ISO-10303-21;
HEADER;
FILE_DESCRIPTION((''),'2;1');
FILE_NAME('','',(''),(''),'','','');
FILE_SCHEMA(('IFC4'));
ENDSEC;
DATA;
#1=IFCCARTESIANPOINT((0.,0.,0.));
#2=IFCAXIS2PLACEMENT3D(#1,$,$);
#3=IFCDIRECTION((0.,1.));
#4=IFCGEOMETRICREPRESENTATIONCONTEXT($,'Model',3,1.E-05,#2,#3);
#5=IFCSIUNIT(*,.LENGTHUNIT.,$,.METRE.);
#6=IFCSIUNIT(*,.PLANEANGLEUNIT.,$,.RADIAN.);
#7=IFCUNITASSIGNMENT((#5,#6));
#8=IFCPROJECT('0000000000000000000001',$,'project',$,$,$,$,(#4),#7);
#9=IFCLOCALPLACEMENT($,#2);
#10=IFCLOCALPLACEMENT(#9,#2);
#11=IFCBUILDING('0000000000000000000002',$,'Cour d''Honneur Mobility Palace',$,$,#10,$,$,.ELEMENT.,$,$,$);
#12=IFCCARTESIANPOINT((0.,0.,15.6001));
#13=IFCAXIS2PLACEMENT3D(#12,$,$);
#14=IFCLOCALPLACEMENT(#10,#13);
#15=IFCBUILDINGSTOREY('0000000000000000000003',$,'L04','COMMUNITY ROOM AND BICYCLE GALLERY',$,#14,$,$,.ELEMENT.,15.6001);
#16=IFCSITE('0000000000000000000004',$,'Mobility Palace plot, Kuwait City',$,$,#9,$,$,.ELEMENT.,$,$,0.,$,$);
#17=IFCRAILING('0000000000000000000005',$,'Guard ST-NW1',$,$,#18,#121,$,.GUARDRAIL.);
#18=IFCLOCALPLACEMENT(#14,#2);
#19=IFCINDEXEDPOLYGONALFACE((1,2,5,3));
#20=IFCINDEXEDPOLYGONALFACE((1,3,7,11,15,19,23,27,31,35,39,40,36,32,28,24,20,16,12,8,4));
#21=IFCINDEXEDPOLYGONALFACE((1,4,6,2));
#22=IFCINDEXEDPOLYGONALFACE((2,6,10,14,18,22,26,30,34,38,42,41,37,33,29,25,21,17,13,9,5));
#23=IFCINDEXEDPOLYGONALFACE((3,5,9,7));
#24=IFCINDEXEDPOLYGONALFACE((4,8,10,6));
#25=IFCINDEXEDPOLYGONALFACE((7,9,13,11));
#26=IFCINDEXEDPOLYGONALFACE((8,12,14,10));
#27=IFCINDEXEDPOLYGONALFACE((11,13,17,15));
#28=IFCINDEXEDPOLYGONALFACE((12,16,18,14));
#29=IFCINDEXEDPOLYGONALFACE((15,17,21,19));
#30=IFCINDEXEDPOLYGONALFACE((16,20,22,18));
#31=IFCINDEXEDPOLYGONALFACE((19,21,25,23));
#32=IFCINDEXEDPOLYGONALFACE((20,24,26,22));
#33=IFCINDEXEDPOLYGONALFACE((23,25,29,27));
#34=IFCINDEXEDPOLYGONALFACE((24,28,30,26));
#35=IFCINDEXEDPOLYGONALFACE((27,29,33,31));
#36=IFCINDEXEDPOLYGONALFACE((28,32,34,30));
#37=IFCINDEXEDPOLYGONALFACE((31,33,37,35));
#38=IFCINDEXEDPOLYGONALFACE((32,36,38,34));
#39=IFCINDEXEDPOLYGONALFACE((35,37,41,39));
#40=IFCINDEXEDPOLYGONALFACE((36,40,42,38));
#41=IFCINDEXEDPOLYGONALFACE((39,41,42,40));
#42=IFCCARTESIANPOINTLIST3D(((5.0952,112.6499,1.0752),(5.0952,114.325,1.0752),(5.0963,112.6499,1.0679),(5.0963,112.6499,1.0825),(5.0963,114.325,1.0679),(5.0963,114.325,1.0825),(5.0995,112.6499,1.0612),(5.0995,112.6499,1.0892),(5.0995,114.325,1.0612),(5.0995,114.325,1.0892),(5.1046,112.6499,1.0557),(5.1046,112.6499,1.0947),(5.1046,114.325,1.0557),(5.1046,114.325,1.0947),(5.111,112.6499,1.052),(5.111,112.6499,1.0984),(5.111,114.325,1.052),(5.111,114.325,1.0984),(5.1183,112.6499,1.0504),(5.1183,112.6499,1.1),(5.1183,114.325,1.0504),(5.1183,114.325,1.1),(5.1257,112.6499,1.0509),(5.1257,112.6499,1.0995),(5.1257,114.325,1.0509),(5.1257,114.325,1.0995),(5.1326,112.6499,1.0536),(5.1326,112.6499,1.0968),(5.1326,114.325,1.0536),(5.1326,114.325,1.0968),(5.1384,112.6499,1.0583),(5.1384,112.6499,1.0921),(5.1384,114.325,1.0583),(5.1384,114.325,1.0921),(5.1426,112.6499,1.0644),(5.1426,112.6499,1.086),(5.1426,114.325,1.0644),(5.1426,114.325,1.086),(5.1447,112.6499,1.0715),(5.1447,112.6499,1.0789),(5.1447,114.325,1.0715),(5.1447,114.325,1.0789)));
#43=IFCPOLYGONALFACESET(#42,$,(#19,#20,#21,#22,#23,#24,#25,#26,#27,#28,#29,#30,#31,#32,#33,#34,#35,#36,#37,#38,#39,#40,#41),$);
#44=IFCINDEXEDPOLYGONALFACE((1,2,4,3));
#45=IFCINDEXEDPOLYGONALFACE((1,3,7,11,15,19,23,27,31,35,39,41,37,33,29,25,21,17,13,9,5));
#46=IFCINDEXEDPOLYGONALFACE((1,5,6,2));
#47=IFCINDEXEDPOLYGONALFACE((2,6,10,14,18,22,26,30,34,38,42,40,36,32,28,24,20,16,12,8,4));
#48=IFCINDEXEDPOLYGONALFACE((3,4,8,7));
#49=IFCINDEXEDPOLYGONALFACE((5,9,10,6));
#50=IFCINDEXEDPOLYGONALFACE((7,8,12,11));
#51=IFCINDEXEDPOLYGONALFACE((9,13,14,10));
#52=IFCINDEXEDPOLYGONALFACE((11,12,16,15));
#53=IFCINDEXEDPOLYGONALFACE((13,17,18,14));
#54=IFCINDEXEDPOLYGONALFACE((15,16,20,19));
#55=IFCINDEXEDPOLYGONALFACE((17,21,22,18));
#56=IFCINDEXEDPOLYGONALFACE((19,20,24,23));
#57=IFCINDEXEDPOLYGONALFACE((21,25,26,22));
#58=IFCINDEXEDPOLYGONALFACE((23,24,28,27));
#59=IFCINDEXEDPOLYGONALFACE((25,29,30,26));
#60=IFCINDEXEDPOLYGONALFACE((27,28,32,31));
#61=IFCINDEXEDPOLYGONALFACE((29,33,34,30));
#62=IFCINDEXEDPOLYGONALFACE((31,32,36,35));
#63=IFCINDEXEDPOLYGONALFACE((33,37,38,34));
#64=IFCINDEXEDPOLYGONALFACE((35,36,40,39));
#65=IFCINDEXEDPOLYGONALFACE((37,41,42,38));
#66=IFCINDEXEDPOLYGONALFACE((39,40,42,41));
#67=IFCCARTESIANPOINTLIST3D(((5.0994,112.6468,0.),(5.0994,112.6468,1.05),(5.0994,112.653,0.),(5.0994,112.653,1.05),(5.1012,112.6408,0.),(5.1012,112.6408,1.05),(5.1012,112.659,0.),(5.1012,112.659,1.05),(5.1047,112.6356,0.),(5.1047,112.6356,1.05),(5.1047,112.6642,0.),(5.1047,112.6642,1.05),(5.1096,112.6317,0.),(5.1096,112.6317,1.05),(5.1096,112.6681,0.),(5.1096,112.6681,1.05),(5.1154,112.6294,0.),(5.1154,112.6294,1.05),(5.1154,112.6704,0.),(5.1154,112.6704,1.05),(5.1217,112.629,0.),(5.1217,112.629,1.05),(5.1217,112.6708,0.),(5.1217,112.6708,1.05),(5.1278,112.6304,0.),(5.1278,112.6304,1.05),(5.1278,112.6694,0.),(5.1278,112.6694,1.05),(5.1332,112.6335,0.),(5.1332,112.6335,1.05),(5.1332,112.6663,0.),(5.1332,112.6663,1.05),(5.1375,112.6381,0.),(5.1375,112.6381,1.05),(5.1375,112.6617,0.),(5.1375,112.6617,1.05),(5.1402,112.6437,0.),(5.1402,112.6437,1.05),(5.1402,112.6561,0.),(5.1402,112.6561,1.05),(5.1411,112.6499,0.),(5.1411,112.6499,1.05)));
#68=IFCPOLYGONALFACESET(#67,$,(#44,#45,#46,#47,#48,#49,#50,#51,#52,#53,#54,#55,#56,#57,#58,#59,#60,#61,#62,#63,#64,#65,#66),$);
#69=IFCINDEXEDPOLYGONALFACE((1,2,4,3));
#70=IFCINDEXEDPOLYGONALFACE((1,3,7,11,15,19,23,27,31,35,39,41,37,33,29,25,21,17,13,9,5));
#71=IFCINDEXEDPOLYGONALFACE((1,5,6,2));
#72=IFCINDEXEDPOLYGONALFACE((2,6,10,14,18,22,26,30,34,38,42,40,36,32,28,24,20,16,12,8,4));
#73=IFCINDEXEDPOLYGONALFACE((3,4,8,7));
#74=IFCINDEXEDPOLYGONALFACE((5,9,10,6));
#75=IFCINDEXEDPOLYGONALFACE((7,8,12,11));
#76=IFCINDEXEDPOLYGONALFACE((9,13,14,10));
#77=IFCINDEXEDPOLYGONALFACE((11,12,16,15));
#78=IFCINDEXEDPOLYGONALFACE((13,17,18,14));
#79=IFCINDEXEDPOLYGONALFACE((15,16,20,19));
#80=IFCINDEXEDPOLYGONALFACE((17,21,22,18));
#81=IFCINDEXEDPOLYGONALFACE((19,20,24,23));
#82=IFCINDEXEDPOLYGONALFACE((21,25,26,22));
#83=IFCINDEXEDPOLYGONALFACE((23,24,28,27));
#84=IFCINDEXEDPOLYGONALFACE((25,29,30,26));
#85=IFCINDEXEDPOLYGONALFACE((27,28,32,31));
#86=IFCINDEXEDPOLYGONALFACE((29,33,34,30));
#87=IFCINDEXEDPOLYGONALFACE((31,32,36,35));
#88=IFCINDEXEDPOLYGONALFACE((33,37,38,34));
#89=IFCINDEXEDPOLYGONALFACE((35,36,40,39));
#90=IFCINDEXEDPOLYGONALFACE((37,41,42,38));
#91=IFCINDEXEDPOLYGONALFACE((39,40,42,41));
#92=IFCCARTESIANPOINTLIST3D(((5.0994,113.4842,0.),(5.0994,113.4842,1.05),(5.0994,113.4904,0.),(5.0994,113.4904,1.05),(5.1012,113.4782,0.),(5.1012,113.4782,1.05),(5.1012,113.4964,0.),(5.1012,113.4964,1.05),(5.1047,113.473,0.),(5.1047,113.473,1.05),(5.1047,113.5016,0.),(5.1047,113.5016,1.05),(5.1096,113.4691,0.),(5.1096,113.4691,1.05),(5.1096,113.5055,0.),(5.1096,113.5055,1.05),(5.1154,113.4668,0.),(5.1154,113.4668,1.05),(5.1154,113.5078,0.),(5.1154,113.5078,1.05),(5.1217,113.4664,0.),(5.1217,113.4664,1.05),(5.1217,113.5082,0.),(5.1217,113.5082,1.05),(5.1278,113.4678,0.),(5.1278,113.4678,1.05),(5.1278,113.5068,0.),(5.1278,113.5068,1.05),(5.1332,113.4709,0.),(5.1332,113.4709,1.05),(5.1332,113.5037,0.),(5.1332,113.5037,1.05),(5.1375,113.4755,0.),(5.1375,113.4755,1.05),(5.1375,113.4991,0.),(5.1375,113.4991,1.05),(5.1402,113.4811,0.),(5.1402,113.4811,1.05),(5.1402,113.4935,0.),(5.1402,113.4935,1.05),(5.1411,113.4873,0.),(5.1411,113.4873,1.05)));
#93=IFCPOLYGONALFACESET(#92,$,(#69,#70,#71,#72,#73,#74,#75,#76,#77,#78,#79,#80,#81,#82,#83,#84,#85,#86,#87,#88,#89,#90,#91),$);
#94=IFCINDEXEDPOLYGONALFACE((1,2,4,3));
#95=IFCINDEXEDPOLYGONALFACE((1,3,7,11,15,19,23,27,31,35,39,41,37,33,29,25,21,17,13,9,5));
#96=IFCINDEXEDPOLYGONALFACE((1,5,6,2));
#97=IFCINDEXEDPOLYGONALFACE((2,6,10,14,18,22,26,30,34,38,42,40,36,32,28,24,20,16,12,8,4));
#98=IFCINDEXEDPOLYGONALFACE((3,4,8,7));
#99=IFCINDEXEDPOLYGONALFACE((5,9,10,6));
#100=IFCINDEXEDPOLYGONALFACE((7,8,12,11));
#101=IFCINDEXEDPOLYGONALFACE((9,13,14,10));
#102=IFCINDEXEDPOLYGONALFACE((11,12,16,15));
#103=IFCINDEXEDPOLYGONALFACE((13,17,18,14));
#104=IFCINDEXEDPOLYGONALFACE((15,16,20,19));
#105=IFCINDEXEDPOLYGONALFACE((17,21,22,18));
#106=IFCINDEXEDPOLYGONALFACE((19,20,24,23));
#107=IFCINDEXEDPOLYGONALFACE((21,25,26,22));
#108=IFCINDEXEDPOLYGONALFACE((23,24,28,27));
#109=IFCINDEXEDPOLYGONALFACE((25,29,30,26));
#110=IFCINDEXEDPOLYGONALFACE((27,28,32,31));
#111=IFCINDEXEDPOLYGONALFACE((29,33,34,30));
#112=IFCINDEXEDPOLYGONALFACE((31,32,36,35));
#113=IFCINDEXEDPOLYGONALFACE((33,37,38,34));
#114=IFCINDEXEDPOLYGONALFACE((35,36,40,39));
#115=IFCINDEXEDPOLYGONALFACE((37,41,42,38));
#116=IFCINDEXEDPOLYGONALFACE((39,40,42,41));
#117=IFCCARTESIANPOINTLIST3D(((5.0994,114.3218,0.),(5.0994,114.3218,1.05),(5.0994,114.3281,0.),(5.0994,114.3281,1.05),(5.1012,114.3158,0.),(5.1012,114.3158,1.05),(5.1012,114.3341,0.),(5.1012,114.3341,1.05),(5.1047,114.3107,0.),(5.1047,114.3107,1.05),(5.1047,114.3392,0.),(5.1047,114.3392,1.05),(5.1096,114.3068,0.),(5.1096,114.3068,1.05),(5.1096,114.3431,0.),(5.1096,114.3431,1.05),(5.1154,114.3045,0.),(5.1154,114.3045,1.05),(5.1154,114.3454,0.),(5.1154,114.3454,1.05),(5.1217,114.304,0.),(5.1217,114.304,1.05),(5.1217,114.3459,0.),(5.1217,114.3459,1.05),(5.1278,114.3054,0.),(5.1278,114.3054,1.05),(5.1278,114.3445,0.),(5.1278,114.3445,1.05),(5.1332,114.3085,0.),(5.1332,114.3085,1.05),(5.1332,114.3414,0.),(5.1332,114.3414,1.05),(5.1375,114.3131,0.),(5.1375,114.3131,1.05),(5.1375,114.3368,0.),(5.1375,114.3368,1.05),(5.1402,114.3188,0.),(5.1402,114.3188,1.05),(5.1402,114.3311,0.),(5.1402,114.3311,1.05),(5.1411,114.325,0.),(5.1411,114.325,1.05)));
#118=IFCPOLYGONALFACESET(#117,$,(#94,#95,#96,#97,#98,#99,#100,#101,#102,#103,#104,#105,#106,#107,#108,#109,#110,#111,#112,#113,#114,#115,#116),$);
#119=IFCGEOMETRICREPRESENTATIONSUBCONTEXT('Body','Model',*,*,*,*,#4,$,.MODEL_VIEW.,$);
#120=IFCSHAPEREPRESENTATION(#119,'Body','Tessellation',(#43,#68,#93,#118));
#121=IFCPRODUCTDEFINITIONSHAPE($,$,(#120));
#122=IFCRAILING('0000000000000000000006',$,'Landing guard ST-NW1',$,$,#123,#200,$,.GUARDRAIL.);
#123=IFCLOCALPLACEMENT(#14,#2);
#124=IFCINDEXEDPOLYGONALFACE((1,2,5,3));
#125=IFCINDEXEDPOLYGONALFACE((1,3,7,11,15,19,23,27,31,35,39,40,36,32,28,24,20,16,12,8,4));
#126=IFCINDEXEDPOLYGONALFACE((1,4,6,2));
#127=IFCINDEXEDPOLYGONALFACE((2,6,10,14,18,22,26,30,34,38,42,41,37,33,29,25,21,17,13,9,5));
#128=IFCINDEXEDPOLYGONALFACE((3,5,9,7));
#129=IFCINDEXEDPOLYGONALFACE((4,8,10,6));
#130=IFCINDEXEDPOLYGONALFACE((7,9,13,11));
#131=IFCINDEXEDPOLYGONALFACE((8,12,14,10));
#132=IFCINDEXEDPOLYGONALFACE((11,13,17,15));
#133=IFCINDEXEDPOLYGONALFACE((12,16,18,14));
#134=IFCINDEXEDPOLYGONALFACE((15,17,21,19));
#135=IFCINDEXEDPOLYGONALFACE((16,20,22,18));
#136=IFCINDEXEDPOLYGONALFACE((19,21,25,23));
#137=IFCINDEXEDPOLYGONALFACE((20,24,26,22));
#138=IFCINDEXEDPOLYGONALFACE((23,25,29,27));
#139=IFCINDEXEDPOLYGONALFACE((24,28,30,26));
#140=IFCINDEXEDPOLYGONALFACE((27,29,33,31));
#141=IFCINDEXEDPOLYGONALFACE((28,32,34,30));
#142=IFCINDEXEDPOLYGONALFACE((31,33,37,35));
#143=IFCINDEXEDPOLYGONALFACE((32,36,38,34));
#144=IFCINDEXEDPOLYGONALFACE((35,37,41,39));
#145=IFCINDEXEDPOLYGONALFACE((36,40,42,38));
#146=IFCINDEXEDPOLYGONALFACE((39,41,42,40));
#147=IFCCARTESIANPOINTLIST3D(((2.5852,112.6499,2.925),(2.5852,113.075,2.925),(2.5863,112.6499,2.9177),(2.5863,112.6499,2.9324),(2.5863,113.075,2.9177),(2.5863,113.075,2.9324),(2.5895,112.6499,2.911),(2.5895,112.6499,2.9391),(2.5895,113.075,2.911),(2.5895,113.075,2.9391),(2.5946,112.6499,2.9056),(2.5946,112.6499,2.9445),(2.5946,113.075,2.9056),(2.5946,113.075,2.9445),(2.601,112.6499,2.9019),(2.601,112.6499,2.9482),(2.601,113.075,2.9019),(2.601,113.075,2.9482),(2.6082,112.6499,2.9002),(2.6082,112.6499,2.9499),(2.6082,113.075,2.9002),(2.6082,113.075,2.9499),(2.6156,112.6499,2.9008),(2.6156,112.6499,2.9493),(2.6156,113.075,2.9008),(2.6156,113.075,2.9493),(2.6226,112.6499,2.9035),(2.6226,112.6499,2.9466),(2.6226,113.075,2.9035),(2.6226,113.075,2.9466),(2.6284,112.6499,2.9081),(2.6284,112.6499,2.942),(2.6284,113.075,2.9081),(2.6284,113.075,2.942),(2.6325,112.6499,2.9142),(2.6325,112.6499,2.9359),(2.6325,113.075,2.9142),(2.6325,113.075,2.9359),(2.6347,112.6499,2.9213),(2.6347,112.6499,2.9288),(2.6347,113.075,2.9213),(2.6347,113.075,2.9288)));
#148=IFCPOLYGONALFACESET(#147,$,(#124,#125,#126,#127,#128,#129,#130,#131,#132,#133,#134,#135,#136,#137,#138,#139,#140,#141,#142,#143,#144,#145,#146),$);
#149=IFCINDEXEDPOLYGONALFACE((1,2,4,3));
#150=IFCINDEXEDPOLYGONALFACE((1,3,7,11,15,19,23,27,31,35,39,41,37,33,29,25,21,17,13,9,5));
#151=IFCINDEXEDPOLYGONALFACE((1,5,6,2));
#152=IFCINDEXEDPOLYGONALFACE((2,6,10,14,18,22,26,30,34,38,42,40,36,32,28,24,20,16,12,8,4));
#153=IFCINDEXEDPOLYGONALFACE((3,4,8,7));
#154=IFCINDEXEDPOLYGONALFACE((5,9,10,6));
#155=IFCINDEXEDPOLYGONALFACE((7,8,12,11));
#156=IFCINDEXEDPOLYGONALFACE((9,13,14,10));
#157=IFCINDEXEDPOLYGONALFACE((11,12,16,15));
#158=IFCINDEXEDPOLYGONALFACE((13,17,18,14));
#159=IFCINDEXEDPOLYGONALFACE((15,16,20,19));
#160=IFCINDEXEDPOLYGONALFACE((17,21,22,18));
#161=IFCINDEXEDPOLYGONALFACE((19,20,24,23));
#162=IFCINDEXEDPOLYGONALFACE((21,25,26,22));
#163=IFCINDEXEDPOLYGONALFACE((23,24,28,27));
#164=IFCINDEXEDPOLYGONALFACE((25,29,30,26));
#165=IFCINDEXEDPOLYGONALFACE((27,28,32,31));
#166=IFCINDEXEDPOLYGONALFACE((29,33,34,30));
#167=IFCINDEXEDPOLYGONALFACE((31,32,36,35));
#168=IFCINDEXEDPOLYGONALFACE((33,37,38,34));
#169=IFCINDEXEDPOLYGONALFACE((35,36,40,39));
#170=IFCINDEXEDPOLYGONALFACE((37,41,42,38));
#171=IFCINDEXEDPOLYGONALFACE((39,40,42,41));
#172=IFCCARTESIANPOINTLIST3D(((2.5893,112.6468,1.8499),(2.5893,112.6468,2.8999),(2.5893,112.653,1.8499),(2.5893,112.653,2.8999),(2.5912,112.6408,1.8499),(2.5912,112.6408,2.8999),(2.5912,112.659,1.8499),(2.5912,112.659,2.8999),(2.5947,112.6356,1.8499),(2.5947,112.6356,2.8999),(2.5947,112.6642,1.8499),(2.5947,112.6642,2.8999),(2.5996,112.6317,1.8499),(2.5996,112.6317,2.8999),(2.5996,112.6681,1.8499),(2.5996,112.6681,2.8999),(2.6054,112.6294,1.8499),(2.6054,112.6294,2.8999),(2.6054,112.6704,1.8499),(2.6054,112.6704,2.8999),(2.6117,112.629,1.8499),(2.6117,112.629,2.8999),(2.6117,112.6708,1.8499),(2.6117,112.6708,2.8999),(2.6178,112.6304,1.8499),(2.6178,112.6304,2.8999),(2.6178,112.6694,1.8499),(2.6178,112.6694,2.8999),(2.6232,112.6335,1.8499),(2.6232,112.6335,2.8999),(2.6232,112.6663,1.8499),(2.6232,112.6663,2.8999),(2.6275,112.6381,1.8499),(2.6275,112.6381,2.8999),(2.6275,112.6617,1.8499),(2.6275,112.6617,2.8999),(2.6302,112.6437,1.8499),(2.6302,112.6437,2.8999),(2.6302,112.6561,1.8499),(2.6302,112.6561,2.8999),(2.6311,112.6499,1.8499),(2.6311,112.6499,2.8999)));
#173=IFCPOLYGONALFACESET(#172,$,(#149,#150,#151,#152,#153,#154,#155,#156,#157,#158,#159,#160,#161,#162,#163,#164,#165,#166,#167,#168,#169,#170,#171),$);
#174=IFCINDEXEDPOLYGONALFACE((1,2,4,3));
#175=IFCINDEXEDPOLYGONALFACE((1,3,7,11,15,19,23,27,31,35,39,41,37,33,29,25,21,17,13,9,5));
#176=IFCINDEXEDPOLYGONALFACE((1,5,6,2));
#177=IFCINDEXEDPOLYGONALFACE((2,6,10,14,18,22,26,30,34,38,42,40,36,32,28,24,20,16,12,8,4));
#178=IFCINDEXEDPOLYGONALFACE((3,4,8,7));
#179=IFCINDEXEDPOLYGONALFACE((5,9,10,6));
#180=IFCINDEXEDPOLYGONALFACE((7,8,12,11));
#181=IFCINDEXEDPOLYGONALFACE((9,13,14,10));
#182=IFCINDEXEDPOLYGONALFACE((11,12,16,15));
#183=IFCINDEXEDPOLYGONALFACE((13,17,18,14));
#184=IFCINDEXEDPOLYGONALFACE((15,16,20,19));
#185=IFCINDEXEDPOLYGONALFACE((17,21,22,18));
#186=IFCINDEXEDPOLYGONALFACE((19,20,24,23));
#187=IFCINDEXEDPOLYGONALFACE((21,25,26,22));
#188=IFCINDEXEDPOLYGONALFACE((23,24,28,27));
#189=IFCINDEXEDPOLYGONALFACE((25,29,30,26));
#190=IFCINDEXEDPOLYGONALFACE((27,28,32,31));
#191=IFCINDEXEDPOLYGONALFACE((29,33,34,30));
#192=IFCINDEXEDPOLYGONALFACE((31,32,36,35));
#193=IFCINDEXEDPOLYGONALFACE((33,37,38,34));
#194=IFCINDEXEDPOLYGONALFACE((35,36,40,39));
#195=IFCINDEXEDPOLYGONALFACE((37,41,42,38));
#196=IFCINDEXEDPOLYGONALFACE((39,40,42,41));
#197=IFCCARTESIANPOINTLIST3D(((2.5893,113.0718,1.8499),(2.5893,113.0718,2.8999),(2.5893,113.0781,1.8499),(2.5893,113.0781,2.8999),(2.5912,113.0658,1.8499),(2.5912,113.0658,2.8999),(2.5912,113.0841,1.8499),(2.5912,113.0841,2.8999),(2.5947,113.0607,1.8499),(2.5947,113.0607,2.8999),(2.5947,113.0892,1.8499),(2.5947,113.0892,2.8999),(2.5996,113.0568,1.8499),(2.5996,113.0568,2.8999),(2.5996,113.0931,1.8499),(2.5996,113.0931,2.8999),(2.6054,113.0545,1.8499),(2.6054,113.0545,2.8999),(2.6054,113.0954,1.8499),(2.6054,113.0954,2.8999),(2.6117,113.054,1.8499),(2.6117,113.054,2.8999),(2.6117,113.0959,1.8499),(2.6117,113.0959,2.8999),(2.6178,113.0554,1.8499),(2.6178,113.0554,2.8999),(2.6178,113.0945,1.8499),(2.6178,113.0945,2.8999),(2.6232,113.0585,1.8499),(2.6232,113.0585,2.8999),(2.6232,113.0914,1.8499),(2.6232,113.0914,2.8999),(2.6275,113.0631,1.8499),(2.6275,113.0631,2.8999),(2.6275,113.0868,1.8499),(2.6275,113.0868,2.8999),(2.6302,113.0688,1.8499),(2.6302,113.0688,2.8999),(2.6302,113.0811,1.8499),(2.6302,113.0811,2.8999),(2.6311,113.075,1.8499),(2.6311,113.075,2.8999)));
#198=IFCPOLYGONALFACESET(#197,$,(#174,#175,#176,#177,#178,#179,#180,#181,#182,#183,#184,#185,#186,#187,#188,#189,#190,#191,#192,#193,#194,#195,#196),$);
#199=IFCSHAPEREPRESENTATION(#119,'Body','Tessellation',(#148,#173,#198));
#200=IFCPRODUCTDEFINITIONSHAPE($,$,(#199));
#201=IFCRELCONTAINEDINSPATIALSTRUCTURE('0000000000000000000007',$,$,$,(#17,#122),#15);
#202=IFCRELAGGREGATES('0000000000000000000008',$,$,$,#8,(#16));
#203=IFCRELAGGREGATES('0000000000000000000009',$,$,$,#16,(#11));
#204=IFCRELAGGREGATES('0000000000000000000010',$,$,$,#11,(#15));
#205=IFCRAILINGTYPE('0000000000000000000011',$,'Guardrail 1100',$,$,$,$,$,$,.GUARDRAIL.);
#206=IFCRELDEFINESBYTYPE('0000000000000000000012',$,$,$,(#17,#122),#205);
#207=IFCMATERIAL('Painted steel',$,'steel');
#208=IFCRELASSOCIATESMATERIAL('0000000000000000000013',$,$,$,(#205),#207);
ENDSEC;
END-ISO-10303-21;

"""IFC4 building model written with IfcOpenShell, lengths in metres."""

from ifc_helpers import new_model, si_unit, direction, frame, origin, origin_2d, place, context, subcontext, project, spatial, circle, extrude, material, type_object, element, save


model = new_model("IFC4")

# Units and contexts
model_context = context("Model", 3, precision=1e-05, world=origin(), true_north=direction((0.0, 1.0)))
body_context = subcontext(model_context, "Body", "Model", "MODEL_VIEW")
ifc_project = project(units=[si_unit("LENGTHUNIT", "METRE"), si_unit("PLANEANGLEUNIT", "RADIAN")], contexts=[model_context])

# Site, building, storey
site_placement = place(None, origin())
site = spatial("IfcSite", under=ifc_project, at=site_placement, Name="Mobility Palace plot, Kuwait City", CompositionType="ELEMENT", RefElevation=0.0)
building_placement = place(site_placement, origin())
building = spatial("IfcBuilding", under=site, at=building_placement, Name="Cour d'Honneur Mobility Palace", CompositionType="ELEMENT")
storey_placement = place(building_placement, frame((0.0, 0.0, 15.6001)))
storey = spatial("IfcBuildingStorey", under=building, at=storey_placement, Name="L04", Description="COMMUNITY ROOM AND BICYCLE GALLERY", CompositionType="ELEMENT", Elevation=15.6001)

# Railings
ifc_material_1 = material(Name="Painted steel", Category="steel")
railing_type_1 = type_object("IfcRailingType", Name="Guardrail 1100", PredefinedType="GUARDRAIL", material=ifc_material_1)
railing_1_placement = place(storey_placement, frame((5.1201, 112.6499, 0.0)))
element("IfcRailing", 1, at=railing_1_placement, inside=storey, type_object=railing_type_1, Name="Guard ST-NW1", PredefinedType="GUARDRAIL", context=body_context, shape_type="SweptSolid", body=[
    extrude(circle(Radius=0.0249, at=origin_2d()), frame((0.0, 0.0, 1.0752), z_axis=(0.0, 1.0, 0.0), x_axis=(-1.0, 0.0, 0.0)), (0.0, 0.0, 1.0), 1.675),
    extrude(circle(Radius=0.021, at=origin_2d()), origin(), (0.0, 0.0, 1.0), 1.05),
    extrude(circle(Radius=0.021, at=origin_2d()), frame((0.0, 0.8374, 0.0)), (0.0, 0.0, 1.0), 1.05),
    extrude(circle(Radius=0.021, at=origin_2d()), frame((0.0, 1.675, 0.0)), (0.0, 0.0, 1.0), 1.05),
])
railing_2_placement = place(storey_placement, frame((2.6101, 112.6499, 1.8499)))
element("IfcRailing", 2, at=railing_2_placement, inside=storey, type_object=railing_type_1, Name="Landing guard ST-NW1", PredefinedType="GUARDRAIL", context=body_context, shape_type="SweptSolid", body=[
    extrude(circle(Radius=0.0249, at=origin_2d()), frame((0.0, 0.0, 1.0752), z_axis=(0.0, 1.0, 0.0), x_axis=(-1.0, 0.0, 0.0)), (0.0, 0.0, 1.0), 0.425),
    extrude(circle(Radius=0.021, at=origin_2d()), origin(), (0.0, 0.0, 1.0), 1.05),
    extrude(circle(Radius=0.021, at=origin_2d()), frame((0.0, 0.425, 0.0)), (0.0, 0.0, 1.0), 1.05),
])

save(model, "model.ifc")
